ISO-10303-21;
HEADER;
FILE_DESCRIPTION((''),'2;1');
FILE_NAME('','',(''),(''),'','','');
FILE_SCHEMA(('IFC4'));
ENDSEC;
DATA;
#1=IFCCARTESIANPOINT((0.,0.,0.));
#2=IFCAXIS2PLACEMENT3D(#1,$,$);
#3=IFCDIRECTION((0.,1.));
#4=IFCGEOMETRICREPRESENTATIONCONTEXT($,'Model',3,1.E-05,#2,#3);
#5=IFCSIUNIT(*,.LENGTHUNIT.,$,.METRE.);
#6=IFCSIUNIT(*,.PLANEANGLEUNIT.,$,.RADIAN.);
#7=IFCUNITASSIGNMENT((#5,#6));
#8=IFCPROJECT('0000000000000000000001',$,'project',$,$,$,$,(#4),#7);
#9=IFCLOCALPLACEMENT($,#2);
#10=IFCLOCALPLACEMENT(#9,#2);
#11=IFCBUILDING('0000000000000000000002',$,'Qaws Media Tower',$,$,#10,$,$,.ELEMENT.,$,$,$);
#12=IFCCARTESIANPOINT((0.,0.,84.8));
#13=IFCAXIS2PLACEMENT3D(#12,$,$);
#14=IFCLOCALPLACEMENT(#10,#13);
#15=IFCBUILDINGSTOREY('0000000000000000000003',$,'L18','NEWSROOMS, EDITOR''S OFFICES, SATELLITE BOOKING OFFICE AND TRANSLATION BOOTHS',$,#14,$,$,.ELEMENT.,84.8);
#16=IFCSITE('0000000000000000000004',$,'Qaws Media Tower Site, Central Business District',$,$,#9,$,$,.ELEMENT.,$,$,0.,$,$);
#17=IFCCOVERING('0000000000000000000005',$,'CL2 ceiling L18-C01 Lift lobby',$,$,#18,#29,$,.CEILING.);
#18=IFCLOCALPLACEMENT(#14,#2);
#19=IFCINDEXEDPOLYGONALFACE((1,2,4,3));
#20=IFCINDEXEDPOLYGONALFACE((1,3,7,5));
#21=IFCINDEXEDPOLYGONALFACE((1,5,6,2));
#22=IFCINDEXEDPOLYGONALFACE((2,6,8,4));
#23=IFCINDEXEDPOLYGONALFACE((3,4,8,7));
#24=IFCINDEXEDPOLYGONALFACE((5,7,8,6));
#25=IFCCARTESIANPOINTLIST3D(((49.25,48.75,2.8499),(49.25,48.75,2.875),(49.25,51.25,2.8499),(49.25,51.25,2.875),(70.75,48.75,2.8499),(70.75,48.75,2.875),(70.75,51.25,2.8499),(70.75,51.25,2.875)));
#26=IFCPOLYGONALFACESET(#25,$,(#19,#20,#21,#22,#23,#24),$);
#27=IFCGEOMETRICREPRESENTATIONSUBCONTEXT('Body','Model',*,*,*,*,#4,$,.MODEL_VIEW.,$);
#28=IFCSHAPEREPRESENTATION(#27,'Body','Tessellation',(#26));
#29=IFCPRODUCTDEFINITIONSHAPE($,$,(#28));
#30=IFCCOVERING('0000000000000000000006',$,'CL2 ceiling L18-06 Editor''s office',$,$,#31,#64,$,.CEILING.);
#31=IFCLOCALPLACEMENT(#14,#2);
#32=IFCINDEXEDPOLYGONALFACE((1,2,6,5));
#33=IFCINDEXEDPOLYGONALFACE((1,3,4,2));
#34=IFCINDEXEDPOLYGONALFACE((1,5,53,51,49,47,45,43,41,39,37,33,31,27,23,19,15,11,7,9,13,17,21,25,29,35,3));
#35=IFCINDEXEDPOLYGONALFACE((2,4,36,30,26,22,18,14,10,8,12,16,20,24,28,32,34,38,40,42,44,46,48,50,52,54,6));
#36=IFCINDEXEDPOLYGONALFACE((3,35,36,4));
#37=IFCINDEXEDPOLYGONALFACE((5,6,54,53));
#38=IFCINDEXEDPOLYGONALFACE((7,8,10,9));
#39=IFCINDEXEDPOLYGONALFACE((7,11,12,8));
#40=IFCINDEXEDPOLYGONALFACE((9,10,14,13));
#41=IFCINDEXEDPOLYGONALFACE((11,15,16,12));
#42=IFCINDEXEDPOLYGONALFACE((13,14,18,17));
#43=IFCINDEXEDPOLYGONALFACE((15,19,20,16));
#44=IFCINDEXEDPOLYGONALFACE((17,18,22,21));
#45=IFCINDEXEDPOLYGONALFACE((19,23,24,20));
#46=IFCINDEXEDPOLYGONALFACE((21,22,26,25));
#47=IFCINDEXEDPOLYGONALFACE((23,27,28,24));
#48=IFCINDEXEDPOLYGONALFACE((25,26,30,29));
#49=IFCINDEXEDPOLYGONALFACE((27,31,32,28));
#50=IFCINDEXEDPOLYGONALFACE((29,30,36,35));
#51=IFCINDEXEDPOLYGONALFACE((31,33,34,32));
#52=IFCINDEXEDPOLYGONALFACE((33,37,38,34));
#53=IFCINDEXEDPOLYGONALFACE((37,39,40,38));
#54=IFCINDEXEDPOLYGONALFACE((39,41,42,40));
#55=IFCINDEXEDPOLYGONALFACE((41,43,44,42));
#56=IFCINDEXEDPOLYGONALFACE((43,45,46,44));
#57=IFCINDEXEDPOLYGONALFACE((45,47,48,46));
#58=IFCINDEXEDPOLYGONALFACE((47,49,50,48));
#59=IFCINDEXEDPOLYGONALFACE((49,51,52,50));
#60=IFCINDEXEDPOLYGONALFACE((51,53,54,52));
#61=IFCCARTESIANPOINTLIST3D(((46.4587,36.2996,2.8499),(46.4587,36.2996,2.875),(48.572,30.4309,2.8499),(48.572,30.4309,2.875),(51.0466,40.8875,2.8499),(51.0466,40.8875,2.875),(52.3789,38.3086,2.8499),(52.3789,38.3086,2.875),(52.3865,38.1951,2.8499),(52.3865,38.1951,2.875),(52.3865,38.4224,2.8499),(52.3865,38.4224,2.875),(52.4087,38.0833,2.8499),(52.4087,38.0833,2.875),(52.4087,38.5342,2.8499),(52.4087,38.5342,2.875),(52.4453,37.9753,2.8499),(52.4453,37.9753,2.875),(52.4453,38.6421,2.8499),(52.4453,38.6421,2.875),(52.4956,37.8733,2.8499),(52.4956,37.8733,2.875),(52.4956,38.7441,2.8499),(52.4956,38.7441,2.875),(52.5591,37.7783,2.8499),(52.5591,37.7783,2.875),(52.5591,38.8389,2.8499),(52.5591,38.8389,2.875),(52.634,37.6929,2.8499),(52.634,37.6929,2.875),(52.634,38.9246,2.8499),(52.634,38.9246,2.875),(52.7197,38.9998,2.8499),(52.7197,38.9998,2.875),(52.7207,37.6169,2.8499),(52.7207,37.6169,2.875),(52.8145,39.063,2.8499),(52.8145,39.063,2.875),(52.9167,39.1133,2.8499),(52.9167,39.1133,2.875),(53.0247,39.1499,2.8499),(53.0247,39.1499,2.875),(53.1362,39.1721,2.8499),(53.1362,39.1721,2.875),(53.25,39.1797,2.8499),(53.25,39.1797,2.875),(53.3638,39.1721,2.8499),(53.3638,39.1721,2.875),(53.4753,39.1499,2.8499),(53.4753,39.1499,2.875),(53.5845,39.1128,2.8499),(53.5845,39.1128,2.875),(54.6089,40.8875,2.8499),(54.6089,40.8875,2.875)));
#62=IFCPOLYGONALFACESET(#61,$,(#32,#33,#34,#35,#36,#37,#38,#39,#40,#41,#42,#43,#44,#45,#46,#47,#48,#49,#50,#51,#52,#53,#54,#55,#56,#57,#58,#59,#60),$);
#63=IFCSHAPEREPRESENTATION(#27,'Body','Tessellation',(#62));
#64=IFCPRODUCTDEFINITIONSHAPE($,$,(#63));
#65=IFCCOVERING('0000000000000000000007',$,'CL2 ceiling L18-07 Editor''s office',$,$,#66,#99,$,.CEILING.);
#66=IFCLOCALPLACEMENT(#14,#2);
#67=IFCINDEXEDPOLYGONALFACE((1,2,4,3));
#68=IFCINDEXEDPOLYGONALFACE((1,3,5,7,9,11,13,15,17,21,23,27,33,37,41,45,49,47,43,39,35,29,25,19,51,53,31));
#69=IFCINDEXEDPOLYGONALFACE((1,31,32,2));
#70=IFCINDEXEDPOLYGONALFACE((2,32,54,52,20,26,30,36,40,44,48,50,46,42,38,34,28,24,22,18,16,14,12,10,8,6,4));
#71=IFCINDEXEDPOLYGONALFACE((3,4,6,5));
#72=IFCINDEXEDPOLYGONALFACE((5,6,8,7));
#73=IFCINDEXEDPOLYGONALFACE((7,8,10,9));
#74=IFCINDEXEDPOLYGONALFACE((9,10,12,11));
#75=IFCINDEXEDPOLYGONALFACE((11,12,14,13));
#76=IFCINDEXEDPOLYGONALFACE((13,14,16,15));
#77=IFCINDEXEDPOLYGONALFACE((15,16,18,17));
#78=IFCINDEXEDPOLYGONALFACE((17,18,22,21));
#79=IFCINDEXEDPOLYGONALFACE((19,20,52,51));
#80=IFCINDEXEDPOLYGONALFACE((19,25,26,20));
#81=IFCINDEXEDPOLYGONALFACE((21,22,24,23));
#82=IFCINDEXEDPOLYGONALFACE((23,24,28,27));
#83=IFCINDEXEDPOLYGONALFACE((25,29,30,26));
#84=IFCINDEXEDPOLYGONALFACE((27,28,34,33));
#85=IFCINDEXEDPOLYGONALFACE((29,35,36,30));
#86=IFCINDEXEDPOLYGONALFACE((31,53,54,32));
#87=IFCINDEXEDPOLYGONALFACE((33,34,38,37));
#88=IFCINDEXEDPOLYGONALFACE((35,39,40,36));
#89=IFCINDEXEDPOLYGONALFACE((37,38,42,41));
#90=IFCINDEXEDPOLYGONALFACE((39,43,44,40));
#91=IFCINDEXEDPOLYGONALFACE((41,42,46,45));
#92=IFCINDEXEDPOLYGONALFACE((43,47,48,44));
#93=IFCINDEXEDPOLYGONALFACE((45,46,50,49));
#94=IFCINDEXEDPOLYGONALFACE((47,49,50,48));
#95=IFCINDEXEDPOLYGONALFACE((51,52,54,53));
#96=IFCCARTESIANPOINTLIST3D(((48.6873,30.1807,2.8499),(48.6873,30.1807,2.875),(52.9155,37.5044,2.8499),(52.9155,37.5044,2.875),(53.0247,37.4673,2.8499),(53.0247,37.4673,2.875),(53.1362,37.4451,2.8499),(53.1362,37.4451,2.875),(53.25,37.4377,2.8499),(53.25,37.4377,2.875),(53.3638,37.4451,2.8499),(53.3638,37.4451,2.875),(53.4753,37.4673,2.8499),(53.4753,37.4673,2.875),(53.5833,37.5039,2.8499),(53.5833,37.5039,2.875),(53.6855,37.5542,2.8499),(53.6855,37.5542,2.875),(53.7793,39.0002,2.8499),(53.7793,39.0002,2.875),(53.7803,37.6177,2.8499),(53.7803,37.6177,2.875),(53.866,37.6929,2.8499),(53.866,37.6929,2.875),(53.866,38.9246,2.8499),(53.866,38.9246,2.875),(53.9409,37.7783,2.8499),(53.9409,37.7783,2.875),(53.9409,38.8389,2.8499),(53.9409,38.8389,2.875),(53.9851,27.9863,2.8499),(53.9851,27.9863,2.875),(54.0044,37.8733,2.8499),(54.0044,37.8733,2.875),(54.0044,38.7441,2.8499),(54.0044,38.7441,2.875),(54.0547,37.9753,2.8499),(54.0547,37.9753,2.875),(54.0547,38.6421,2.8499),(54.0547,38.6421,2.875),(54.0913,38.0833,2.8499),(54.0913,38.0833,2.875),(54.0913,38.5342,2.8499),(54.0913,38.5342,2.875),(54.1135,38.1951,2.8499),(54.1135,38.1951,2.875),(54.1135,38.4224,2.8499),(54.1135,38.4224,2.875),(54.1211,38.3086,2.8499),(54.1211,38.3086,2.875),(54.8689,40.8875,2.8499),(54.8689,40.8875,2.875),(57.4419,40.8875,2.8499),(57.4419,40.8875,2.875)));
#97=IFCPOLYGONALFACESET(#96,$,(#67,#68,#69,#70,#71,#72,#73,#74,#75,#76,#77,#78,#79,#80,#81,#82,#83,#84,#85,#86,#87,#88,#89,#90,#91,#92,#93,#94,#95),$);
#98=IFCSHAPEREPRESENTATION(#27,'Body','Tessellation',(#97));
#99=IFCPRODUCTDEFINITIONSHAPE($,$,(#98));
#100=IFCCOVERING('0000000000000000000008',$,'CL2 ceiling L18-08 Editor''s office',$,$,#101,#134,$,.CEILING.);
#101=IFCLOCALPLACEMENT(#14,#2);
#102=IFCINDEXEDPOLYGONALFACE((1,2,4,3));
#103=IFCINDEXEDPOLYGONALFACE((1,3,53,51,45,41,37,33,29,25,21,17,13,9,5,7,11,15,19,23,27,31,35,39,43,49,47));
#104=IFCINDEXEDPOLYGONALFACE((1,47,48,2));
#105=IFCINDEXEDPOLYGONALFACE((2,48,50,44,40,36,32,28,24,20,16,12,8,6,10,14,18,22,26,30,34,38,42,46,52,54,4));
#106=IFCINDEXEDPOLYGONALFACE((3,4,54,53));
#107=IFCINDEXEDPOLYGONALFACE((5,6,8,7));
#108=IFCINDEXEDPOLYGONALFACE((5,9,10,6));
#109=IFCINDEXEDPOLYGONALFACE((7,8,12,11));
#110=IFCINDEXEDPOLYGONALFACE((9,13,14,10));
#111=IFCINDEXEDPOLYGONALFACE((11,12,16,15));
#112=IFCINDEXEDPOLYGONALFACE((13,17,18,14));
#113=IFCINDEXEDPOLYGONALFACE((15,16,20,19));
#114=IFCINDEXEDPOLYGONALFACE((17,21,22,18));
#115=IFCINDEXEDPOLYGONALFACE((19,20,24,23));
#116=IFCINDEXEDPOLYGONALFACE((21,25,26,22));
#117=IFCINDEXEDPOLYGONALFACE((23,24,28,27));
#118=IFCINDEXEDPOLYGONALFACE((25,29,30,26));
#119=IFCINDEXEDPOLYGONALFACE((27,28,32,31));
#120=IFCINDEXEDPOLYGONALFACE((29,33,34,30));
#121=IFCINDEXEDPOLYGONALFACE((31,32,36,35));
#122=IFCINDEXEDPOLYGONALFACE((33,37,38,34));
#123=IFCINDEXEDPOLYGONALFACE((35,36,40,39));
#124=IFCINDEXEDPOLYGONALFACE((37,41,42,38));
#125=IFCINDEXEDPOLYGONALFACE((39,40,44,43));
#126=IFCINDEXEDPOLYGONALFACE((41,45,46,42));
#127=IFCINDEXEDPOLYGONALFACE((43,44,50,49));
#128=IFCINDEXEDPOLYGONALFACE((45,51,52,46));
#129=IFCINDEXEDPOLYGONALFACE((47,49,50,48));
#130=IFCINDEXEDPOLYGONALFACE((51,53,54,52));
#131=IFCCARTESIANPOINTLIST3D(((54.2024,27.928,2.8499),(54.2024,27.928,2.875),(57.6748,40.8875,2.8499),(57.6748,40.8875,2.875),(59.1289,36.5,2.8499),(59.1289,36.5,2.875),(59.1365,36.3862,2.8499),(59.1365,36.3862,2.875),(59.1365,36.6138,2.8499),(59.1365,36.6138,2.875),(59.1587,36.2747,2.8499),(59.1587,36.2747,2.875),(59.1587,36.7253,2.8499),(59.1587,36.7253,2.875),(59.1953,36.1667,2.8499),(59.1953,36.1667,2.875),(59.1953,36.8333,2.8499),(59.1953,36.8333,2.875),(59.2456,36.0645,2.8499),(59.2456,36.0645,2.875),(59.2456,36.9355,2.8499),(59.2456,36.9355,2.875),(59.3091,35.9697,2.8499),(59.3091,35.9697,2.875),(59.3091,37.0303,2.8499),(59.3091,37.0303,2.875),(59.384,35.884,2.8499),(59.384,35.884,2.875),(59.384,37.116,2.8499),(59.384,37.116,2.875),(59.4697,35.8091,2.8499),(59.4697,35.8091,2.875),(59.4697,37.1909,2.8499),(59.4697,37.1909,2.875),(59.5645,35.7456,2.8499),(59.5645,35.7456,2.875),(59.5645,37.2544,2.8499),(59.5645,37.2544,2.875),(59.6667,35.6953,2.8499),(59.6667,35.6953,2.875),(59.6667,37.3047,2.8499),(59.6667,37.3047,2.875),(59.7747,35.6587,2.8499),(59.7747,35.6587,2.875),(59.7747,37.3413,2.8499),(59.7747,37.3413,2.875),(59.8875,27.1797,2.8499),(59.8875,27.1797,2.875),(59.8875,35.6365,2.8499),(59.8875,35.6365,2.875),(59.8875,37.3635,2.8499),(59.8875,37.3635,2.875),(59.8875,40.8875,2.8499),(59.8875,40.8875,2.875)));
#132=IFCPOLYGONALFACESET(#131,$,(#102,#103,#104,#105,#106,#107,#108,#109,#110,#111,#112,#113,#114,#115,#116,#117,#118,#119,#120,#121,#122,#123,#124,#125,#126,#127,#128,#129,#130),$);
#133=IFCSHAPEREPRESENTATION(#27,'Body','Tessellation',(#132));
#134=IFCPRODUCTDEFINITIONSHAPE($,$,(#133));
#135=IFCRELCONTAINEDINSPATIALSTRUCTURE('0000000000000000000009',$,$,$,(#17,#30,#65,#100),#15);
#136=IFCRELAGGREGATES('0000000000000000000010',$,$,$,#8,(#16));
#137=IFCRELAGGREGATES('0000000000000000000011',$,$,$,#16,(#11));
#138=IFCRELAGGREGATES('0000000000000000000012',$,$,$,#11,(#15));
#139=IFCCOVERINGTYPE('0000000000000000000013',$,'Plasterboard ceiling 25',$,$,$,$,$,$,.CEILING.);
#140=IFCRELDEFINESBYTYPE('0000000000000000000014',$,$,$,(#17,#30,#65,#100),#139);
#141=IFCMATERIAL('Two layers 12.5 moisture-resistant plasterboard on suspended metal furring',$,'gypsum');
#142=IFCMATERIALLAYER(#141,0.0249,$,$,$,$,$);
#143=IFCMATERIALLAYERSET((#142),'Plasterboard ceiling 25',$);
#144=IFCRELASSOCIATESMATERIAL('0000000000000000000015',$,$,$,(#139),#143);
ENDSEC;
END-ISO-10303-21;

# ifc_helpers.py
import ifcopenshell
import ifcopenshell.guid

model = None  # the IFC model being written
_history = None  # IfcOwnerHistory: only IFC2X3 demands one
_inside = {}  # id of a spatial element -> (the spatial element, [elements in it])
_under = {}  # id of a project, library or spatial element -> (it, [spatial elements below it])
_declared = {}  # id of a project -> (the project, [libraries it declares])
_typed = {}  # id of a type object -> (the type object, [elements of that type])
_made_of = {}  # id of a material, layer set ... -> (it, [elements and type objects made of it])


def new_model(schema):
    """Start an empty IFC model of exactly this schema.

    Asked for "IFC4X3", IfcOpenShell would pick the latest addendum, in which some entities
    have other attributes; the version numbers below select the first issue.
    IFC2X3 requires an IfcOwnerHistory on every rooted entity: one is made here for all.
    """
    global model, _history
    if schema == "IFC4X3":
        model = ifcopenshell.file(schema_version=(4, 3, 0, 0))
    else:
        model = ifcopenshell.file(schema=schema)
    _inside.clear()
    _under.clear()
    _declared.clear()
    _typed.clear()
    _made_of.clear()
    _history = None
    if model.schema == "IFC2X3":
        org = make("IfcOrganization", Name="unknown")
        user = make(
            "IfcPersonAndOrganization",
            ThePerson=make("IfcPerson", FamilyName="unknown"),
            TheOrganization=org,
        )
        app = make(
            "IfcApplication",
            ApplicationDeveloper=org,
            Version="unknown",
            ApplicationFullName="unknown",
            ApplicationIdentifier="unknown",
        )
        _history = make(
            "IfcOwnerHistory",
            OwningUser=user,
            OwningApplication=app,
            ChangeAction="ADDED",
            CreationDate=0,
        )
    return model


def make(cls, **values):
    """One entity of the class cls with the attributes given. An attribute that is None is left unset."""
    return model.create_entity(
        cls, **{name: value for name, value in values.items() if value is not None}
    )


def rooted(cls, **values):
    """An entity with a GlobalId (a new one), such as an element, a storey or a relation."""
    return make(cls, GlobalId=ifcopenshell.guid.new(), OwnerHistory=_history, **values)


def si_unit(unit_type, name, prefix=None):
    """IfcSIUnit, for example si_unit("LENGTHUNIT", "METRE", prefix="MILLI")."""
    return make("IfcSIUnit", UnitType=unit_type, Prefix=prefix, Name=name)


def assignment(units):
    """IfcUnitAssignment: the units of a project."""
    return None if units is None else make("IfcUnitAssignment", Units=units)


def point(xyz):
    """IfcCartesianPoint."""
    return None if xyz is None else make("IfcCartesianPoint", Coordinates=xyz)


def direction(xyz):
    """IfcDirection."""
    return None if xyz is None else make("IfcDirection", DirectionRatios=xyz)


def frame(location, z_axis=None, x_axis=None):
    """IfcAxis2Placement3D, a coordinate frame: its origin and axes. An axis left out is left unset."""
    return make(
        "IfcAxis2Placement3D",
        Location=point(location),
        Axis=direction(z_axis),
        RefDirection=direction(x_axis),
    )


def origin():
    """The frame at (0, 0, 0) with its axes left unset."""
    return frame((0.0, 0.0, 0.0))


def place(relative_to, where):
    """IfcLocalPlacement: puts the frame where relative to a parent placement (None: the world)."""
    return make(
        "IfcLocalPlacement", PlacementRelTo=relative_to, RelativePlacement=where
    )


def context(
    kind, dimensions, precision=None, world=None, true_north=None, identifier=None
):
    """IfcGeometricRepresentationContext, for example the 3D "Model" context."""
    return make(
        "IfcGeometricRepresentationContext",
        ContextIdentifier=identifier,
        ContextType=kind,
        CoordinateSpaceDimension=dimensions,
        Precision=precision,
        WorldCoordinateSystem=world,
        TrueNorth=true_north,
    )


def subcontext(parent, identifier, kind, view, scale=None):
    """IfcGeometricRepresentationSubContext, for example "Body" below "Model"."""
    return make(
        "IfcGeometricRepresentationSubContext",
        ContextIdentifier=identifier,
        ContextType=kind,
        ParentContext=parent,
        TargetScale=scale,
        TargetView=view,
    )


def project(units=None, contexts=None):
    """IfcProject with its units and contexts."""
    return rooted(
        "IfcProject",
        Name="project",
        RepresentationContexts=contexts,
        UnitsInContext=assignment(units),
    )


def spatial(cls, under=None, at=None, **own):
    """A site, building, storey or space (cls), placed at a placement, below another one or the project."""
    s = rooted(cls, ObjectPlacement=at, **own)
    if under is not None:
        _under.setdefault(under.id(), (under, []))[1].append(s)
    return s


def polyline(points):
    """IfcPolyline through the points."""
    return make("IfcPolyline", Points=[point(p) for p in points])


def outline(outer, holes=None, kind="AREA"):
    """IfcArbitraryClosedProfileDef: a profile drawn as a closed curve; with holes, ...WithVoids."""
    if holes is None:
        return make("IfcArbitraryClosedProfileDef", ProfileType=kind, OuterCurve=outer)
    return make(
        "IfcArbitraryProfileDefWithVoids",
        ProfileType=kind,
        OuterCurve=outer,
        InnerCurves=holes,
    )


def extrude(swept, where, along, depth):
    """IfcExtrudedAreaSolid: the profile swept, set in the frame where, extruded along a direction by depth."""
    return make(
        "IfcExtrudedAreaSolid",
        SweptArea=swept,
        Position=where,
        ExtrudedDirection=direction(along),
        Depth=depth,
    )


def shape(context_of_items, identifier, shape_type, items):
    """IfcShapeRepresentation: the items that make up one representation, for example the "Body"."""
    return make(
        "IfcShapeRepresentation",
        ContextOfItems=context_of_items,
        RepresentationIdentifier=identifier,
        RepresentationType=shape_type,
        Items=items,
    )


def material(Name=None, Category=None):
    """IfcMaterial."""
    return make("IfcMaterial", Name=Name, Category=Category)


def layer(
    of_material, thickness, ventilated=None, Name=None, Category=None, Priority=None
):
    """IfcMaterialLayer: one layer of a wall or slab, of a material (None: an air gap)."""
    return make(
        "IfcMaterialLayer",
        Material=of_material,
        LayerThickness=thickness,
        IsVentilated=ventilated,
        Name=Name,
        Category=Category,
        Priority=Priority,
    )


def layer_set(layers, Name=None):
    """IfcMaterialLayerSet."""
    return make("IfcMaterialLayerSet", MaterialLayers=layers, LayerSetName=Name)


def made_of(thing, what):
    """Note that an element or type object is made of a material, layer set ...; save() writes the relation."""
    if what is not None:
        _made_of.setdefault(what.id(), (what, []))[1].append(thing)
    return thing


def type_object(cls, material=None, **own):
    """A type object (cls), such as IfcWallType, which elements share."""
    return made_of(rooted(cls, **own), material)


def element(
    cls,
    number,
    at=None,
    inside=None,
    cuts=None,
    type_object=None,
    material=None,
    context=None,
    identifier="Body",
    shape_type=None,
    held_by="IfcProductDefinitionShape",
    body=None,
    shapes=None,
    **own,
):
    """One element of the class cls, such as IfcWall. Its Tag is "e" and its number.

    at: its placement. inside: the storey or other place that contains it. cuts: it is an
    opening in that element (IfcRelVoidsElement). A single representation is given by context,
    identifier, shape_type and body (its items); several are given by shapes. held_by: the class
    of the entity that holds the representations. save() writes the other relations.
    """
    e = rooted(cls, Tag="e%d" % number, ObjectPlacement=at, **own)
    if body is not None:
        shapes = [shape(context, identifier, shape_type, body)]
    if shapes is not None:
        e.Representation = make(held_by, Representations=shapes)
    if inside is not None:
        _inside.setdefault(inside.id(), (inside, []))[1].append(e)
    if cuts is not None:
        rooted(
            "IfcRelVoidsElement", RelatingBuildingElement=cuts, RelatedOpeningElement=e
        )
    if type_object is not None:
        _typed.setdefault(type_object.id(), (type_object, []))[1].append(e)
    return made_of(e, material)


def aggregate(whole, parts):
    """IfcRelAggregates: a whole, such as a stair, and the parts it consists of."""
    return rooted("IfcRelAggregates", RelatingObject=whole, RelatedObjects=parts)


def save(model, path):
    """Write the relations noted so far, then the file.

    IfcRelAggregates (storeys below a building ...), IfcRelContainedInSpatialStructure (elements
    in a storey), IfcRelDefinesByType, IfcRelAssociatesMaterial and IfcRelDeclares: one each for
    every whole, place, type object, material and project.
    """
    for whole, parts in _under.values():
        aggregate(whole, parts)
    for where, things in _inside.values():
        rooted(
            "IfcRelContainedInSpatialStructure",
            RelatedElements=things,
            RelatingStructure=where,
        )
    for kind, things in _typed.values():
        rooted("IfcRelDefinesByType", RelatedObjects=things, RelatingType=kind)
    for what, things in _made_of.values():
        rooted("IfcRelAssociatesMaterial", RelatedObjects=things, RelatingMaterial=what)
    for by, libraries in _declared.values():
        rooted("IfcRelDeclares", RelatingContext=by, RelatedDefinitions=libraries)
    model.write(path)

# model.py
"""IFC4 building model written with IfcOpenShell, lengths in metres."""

from ifc_helpers import new_model, si_unit, direction, frame, origin, place, context, subcontext, project, spatial, polyline, outline, extrude, material, layer, layer_set, type_object, element, save


model = new_model("IFC4")

# Units and contexts
model_context = context("Model", 3, precision=1e-05, world=origin(), true_north=direction((0.0, 1.0)))
body_context = subcontext(model_context, "Body", "Model", "MODEL_VIEW")
ifc_project = project(units=[si_unit("LENGTHUNIT", "METRE"), si_unit("PLANEANGLEUNIT", "RADIAN")], contexts=[model_context])

# Site, building, storey
site_placement = place(None, origin())
site = spatial("IfcSite", under=ifc_project, at=site_placement, Name="Qaws Media Tower Site, Central Business District", CompositionType="ELEMENT", RefElevation=0.0)
building_placement = place(site_placement, origin())
building = spatial("IfcBuilding", under=site, at=building_placement, Name="Qaws Media Tower", CompositionType="ELEMENT")
storey_placement = place(building_placement, frame((0.0, 0.0, 84.8)))
storey = spatial("IfcBuildingStorey", under=building, at=storey_placement, Name="L18", Description="NEWSROOMS, EDITOR'S OFFICES, SATELLITE BOOKING OFFICE AND TRANSLATION BOOTHS", CompositionType="ELEMENT", Elevation=84.8)

# Coverings
ifc_material_1 = material(Name="Two layers 12.5 moisture-resistant plasterboard on suspended metal furring", Category="gypsum")
ifc_layer_1 = layer(ifc_material_1, 0.0249)
ifc_layer_set_1 = layer_set([ifc_layer_1], Name="Plasterboard ceiling 25")
covering_type_1 = type_object("IfcCoveringType", Name="Plasterboard ceiling 25", PredefinedType="CEILING", material=ifc_layer_set_1)
covering_1_placement = place(storey_placement, frame((0.0, 0.0, 2.8499)))
element("IfcCovering", 1, at=covering_1_placement, inside=storey, type_object=covering_type_1, Name="CL2 ceiling L18-C01 Lift lobby", PredefinedType="CEILING", context=body_context, shape_type="SweptSolid", body=[
    extrude(outline(polyline([(49.25, 48.75), (49.25, 51.25), (70.75, 51.25), (70.75, 48.75), (49.25, 48.75)])), origin(), (0.0, 0.0, 1.0), 0.0251),
])
covering_2_placement = place(storey_placement, frame((0.0, 0.0, 2.8499)))
element("IfcCovering", 2, at=covering_2_placement, inside=storey, type_object=covering_type_1, Name="CL2 ceiling L18-06 Editor's office", PredefinedType="CEILING", context=body_context, shape_type="SweptSolid", body=[
    extrude(outline(polyline([(51.0466, 40.8875), (54.6089, 40.8875), (53.5845, 39.1128), (53.4753, 39.1499), (53.3638, 39.1721), (53.25, 39.1797), (53.1362, 39.1721), (53.0247, 39.1499), (52.9167, 39.1133), (52.8145, 39.063), (52.7197, 38.9998), (52.634, 38.9246), (52.5591, 38.8389), (52.4956, 38.7441), (52.4453, 38.6421), (52.4087, 38.5342), (52.3865, 38.4224), (52.3789, 38.3086), (52.3865, 38.1951), (52.4087, 38.0833), (52.4453, 37.9753), (52.4956, 37.8733), (52.5591, 37.7783), (52.634, 37.6929), (52.7207, 37.6169), (48.572, 30.4309), (46.4587, 36.2996), (51.0466, 40.8875)])), origin(), (0.0, 0.0, 1.0), 0.0251),
])
covering_3_placement = place(storey_placement, frame((0.0, 0.0, 2.8499)))
element("IfcCovering", 3, at=covering_3_placement, inside=storey, type_object=covering_type_1, Name="CL2 ceiling L18-07 Editor's office", PredefinedType="CEILING", context=body_context, shape_type="SweptSolid", body=[
    extrude(outline(polyline([(52.9155, 37.5044), (53.0247, 37.4673), (53.1362, 37.4451), (53.25, 37.4377), (53.3638, 37.4451), (53.4753, 37.4673), (53.5833, 37.5039), (53.6855, 37.5542), (53.7803, 37.6177), (53.866, 37.6929), (53.9409, 37.7783), (54.0044, 37.8733), (54.0547, 37.9753), (54.0913, 38.0833), (54.1135, 38.1951), (54.1211, 38.3086), (54.1135, 38.4224), (54.0913, 38.5342), (54.0547, 38.6421), (54.0044, 38.7441), (53.9409, 38.8389), (53.866, 38.9246), (53.7793, 39.0002), (54.8689, 40.8875), (57.4419, 40.8875), (53.9851, 27.9863), (48.6873, 30.1807), (52.9155, 37.5044)])), origin(), (0.0, 0.0, 1.0), 0.0251),
])
covering_4_placement = place(storey_placement, frame((0.0, 0.0, 2.8499)))
element("IfcCovering", 4, at=covering_4_placement, inside=storey, type_object=covering_type_1, Name="CL2 ceiling L18-08 Editor's office", PredefinedType="CEILING", context=body_context, shape_type="SweptSolid", body=[
    extrude(outline(polyline([(54.2024, 27.928), (57.6748, 40.8875), (59.8875, 40.8875), (59.8875, 37.3635), (59.7747, 37.3413), (59.6667, 37.3047), (59.5645, 37.2544), (59.4697, 37.1909), (59.384, 37.116), (59.3091, 37.0303), (59.2456, 36.9355), (59.1953, 36.8333), (59.1587, 36.7253), (59.1365, 36.6138), (59.1289, 36.5), (59.1365, 36.3862), (59.1587, 36.2747), (59.1953, 36.1667), (59.2456, 36.0645), (59.3091, 35.9697), (59.384, 35.884), (59.4697, 35.8091), (59.5645, 35.7456), (59.6667, 35.6953), (59.7747, 35.6587), (59.8875, 35.6365), (59.8875, 27.1797), (54.2024, 27.928)])), origin(), (0.0, 0.0, 1.0), 0.0251),
])

save(model, "model.ifc")
